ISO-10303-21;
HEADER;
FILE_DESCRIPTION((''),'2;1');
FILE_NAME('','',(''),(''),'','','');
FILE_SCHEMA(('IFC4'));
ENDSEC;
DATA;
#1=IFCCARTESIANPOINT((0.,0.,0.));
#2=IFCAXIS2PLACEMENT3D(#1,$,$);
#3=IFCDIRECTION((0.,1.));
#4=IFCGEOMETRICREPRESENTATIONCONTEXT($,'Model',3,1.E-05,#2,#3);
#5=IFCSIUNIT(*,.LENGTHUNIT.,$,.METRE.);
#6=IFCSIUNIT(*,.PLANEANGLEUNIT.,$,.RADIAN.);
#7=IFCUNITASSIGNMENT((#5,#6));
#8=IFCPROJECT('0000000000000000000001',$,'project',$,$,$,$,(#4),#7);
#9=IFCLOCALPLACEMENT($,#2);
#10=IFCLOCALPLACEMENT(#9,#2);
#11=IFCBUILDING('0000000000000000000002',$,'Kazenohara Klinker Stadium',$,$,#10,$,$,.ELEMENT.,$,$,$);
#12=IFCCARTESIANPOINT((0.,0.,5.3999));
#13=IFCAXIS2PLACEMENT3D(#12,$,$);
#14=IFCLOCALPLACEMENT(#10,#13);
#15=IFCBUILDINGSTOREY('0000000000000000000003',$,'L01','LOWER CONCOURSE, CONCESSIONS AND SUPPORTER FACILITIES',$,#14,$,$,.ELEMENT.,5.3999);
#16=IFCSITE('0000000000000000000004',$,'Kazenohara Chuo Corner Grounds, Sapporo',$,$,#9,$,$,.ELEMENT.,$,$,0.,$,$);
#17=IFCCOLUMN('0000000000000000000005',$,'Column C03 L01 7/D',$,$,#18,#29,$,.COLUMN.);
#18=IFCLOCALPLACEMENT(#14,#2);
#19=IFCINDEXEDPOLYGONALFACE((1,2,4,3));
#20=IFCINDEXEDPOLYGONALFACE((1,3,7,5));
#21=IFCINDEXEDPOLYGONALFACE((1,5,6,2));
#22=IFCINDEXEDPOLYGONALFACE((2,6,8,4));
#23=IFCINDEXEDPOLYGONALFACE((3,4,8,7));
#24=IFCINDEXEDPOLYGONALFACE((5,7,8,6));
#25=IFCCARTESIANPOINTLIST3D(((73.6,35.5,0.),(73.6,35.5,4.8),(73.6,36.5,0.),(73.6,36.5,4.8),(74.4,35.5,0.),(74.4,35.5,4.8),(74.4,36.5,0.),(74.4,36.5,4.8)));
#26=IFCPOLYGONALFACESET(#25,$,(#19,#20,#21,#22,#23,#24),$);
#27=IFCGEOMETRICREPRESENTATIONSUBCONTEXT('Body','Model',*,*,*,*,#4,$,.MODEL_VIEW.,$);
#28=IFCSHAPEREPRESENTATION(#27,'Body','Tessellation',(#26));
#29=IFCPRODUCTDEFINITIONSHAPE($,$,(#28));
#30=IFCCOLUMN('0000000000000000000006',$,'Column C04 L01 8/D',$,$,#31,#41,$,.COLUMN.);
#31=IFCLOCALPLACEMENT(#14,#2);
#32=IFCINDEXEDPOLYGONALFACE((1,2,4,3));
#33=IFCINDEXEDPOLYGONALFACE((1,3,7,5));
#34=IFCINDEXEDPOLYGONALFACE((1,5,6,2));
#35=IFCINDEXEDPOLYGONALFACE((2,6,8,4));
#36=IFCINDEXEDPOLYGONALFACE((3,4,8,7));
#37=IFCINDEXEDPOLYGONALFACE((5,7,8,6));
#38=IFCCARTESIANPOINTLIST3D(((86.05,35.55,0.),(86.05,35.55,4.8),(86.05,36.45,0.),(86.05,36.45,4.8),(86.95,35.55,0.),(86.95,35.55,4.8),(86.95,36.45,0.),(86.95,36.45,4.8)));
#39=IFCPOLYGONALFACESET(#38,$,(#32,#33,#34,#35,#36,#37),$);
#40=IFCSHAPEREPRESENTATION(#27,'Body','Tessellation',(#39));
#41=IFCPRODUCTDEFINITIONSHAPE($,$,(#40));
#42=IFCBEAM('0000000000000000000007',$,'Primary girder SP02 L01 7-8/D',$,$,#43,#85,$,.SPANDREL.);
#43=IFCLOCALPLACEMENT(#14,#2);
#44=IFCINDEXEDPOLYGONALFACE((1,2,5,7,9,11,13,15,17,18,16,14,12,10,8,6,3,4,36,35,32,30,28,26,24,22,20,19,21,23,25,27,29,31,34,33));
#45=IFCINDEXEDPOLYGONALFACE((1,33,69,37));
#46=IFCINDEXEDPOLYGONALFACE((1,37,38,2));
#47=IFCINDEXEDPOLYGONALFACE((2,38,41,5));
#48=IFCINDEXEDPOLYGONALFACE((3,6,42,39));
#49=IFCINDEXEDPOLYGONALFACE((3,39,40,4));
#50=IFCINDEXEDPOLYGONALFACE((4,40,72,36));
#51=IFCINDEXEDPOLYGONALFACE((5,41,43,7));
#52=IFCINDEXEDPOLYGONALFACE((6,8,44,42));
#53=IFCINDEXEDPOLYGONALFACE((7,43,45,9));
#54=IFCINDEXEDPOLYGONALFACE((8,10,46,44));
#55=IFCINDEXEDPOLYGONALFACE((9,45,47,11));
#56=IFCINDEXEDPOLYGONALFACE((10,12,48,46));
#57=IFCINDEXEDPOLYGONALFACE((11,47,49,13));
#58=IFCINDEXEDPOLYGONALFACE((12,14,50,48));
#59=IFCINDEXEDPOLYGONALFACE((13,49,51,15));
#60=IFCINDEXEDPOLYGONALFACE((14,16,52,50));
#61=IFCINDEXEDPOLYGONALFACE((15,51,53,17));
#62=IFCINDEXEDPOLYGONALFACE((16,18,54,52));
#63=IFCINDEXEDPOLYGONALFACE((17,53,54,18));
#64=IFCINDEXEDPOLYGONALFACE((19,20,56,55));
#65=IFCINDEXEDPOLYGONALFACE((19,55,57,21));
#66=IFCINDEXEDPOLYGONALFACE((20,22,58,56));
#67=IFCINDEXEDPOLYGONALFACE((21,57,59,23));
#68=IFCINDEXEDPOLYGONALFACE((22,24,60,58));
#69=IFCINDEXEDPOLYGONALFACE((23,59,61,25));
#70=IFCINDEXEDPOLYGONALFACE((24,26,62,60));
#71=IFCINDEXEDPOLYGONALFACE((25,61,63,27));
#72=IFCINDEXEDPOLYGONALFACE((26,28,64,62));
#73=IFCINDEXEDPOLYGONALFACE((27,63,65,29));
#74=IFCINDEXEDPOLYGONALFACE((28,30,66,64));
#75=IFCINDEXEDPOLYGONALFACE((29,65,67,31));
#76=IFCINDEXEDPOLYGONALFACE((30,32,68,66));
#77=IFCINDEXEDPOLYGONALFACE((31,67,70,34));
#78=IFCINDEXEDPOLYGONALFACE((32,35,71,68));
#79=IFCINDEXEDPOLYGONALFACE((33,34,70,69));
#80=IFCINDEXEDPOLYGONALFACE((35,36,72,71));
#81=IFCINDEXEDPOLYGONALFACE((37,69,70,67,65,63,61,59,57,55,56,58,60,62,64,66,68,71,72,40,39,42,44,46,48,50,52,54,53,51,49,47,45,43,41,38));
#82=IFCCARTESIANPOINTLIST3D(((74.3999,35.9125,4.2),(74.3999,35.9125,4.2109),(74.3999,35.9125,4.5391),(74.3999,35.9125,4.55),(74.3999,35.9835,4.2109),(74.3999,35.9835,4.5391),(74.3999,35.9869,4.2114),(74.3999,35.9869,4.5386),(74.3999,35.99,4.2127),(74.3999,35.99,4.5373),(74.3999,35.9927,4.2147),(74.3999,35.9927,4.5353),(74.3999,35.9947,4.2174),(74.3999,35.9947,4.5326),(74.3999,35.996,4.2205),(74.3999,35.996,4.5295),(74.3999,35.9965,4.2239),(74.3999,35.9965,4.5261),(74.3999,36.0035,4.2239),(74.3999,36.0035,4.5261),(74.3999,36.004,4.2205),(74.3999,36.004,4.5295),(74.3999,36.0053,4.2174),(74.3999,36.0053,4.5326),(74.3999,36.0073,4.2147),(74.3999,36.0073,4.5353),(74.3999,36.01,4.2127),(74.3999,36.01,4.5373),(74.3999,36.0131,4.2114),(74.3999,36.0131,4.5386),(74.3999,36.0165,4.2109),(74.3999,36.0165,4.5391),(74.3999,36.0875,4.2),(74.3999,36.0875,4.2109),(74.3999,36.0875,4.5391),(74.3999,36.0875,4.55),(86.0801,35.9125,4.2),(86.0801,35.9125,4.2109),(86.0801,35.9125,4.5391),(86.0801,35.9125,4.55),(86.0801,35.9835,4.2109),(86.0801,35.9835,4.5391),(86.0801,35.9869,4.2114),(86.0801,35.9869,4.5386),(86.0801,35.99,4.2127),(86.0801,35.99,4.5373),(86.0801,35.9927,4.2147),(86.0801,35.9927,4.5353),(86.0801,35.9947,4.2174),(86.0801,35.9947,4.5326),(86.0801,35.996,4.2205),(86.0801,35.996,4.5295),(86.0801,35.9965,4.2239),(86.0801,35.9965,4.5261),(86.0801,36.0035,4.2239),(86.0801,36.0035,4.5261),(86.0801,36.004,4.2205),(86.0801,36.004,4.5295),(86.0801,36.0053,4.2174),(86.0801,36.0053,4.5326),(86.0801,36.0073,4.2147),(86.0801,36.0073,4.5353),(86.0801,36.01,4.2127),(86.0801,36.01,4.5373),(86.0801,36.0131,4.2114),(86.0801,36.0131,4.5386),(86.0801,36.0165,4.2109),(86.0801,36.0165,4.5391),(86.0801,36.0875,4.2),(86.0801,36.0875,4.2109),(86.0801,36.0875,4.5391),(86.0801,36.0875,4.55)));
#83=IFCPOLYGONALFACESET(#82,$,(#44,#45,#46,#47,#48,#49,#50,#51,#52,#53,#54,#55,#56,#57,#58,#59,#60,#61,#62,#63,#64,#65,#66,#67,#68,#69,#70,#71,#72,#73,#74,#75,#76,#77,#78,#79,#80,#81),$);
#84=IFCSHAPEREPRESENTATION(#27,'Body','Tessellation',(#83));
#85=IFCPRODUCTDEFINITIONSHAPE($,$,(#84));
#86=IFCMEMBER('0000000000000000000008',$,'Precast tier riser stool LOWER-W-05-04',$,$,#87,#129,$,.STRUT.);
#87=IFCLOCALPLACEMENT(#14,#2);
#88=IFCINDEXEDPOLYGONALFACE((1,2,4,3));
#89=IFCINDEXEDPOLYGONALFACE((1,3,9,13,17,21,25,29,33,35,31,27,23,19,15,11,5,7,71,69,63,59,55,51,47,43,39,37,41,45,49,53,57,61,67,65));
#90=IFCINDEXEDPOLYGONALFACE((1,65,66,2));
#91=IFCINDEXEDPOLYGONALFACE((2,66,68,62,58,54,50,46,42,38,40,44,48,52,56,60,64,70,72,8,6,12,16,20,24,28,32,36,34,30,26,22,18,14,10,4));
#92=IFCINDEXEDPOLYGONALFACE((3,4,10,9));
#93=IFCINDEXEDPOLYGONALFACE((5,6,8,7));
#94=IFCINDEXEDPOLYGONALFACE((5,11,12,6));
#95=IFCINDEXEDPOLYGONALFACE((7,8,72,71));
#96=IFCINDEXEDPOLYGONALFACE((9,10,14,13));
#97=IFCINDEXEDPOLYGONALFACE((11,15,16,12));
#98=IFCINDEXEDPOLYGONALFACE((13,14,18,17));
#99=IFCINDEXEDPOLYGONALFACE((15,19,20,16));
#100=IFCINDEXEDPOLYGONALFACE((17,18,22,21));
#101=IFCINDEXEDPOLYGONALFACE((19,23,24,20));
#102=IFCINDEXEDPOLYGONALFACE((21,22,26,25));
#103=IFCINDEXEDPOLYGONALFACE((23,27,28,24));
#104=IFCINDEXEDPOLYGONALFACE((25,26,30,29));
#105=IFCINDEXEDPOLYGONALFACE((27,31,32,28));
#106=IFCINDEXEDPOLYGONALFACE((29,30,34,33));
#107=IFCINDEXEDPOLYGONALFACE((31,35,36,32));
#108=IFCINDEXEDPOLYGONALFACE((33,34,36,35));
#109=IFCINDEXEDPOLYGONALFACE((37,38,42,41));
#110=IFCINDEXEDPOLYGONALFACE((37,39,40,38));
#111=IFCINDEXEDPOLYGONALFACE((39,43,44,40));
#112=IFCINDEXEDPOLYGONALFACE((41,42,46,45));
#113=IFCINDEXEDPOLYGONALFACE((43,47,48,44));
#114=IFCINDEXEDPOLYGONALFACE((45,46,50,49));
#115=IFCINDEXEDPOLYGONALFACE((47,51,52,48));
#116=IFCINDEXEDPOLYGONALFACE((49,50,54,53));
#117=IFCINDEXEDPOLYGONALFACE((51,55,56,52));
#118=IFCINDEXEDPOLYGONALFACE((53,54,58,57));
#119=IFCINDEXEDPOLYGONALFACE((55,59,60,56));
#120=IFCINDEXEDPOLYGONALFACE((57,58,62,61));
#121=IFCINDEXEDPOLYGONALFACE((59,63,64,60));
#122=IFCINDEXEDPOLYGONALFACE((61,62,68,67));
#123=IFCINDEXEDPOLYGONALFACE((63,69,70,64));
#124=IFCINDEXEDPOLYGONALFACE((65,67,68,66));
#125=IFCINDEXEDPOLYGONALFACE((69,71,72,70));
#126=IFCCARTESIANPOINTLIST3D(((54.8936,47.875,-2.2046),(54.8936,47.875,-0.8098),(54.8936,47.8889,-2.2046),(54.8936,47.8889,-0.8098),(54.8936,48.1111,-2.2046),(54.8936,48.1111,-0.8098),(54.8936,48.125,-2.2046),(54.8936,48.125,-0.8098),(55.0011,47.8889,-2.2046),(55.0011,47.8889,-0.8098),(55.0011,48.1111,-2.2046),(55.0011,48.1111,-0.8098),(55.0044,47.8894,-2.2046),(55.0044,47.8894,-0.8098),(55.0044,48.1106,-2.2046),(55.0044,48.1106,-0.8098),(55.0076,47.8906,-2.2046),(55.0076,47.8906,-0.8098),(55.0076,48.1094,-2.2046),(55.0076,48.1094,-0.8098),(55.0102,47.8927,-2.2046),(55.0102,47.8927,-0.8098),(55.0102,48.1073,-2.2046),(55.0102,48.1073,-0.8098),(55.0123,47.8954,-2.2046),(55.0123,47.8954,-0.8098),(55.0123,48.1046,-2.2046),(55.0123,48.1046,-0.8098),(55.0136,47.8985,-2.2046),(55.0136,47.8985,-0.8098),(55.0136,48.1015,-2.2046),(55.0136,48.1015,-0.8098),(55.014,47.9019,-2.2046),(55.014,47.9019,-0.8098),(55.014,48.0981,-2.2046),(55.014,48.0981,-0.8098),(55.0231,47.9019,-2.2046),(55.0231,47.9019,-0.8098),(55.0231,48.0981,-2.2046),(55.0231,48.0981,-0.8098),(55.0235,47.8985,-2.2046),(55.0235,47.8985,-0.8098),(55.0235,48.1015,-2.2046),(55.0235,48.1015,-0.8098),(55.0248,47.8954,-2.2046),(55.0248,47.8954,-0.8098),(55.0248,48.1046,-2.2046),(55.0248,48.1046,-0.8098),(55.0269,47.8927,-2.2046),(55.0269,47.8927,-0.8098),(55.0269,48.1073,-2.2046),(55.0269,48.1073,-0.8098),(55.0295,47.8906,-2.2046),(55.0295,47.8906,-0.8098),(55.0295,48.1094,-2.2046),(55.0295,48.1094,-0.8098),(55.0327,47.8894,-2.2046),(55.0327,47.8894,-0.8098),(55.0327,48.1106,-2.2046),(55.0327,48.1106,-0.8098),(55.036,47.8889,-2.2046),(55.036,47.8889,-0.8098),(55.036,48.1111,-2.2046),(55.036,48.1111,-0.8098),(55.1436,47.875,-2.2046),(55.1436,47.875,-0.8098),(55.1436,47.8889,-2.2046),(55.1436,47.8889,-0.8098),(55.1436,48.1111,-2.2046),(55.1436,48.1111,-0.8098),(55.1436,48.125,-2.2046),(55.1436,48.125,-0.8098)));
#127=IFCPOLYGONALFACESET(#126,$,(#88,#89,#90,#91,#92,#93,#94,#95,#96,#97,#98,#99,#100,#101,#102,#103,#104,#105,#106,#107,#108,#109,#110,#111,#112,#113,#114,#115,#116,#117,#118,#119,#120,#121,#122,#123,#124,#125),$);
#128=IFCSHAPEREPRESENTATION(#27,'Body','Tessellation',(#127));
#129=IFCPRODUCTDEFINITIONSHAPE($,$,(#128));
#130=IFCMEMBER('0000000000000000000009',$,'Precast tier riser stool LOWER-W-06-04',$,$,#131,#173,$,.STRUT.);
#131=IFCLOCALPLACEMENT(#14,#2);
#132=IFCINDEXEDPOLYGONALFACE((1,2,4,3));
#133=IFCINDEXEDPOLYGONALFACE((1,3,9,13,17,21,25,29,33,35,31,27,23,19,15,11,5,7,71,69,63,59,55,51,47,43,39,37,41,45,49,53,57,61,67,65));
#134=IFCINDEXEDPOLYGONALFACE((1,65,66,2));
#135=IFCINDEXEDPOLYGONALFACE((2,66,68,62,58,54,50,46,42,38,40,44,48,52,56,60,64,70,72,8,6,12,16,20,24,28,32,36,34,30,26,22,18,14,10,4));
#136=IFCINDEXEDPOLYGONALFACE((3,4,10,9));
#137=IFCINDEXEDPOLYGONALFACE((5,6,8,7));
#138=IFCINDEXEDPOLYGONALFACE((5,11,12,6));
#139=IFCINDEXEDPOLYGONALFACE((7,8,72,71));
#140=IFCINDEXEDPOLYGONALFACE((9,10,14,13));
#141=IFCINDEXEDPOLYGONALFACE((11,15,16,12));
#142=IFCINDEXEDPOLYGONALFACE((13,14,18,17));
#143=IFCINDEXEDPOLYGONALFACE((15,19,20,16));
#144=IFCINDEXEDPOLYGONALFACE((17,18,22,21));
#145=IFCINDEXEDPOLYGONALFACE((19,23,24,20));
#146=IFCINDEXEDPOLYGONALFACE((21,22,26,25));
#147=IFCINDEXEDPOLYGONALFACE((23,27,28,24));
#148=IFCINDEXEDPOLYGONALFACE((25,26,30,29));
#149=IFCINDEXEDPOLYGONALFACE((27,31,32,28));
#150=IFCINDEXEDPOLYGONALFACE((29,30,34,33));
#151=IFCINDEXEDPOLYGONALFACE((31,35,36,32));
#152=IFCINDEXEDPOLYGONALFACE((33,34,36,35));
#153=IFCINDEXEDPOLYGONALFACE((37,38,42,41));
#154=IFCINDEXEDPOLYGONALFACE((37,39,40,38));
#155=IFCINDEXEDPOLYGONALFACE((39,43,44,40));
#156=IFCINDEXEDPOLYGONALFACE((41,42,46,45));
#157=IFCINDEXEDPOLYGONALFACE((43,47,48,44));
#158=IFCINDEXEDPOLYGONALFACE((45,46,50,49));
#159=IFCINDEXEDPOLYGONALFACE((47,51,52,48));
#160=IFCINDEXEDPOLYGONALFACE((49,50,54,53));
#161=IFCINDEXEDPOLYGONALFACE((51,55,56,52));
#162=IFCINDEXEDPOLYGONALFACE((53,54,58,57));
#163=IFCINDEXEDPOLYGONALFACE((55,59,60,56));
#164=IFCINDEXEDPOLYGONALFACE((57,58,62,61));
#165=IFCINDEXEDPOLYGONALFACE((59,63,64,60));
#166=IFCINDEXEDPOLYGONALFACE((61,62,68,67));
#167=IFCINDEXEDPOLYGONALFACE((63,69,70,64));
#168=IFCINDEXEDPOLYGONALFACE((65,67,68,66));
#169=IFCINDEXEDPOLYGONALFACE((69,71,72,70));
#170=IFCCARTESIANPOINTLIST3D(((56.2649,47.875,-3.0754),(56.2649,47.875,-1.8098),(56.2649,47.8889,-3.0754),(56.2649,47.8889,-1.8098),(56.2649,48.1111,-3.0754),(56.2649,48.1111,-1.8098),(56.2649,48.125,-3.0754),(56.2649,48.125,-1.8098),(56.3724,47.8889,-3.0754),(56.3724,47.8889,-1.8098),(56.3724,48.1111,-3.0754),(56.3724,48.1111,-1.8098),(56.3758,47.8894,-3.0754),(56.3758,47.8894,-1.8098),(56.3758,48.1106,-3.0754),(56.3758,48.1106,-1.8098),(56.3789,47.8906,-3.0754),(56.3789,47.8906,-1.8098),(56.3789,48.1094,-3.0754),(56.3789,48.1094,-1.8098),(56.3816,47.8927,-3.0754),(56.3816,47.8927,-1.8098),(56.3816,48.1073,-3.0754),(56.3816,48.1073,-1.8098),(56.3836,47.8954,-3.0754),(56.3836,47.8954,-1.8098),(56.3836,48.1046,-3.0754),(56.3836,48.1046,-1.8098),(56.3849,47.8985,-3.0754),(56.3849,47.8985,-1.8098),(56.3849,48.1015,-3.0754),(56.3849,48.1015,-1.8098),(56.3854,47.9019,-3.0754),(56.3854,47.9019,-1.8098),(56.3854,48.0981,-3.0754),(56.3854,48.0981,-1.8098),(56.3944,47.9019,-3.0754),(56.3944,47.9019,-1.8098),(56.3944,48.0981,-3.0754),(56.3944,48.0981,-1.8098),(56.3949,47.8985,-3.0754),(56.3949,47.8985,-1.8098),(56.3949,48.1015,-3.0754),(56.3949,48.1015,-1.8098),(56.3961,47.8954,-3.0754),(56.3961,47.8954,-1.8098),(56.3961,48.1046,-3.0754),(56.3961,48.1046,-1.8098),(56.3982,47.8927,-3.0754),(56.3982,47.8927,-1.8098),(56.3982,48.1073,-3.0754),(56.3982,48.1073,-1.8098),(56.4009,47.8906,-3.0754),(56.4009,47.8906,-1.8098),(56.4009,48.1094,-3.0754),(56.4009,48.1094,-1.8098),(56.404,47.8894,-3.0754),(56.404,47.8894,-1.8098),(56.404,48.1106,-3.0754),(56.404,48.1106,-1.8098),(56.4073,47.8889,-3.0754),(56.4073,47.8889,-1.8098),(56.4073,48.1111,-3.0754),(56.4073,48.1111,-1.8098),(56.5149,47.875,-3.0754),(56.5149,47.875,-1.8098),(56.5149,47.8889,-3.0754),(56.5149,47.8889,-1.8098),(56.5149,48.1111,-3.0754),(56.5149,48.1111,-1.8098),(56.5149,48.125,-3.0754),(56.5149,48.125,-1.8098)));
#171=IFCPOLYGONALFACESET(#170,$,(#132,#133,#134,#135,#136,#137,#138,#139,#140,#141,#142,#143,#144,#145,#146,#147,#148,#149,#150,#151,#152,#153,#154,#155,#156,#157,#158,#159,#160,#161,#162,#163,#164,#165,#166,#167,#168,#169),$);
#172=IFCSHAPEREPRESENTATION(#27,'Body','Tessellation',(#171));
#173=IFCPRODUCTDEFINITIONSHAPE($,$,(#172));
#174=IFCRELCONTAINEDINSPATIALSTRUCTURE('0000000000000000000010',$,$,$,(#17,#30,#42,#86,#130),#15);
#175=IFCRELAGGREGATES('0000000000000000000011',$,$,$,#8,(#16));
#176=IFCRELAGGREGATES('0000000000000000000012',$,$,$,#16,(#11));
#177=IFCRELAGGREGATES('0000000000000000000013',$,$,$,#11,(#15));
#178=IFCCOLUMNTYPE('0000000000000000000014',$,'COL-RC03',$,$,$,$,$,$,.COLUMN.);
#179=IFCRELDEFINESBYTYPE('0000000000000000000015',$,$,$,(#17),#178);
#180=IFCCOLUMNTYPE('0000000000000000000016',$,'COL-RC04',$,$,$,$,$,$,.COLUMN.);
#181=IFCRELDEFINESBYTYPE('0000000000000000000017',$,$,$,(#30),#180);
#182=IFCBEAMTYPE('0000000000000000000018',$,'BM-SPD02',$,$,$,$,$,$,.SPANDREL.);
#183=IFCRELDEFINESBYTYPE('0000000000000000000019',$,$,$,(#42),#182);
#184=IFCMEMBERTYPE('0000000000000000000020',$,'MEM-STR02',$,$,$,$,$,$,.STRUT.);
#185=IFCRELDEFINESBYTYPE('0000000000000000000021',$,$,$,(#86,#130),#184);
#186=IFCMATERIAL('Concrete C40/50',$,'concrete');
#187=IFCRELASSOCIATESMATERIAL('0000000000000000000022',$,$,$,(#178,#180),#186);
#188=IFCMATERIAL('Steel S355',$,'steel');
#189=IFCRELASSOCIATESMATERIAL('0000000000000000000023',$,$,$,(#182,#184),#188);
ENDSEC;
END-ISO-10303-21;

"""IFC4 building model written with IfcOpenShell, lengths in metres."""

from ifc_helpers import new_model, si_unit, direction, frame, origin, origin_2d, place, context, subcontext, project, spatial, rectangle, i_section, extrude, material, material_profile, profile_set, type_object, element, save


model = new_model("IFC4")

# Units and contexts
model_context = context("Model", 3, precision=1e-05, world=origin(), true_north=direction((0.0, 1.0)))
body_context = subcontext(model_context, "Body", "Model", "MODEL_VIEW")
ifc_project = project(units=[si_unit("LENGTHUNIT", "METRE"), si_unit("PLANEANGLEUNIT", "RADIAN")], contexts=[model_context])

# Site, building, storey
site_placement = place(None, origin())
site = spatial("IfcSite", under=ifc_project, at=site_placement, Name="Kazenohara Chuo Corner Grounds, Sapporo", CompositionType="ELEMENT", RefElevation=0.0)
building_placement = place(site_placement, origin())
building = spatial("IfcBuilding", under=site, at=building_placement, Name="Kazenohara Klinker Stadium", CompositionType="ELEMENT")
storey_placement = place(building_placement, frame((0.0, 0.0, 5.3999)))
storey = spatial("IfcBuildingStorey", under=building, at=storey_placement, Name="L01", Description="LOWER CONCOURSE, CONCESSIONS AND SUPPORTER FACILITIES", CompositionType="ELEMENT", Elevation=5.3999)

# Columns
ifc_material_1 = material(Name="Concrete C40/50", Category="concrete")
ifc_material_profile_1 = material_profile(ifc_material_1, rectangle(XDim=0.8, YDim=1.0, at=origin_2d()), Name="RC-COL-1000x800")
ifc_profile_set_1 = profile_set([ifc_material_profile_1], Name="Concrete C40/50")
column_type_1 = type_object("IfcColumnType", Name="COL-RC03", PredefinedType="COLUMN", material=ifc_profile_set_1)
column_1_placement = place(storey_placement, frame((74.0, 36.0, 0.0), z_axis=(0.0, 0.0, 1.0), x_axis=(1.0, 0.0, 0.0)))
element("IfcColumn", 1, at=column_1_placement, inside=storey, type_object=column_type_1, Name="Column C03 L01 7/D", PredefinedType="COLUMN", context=body_context, shape_type="SweptSolid", body=[
    extrude(rectangle(XDim=0.8, YDim=1.0, at=origin_2d()), origin(), (0.0, 0.0, 1.0), 4.8),
])
ifc_material_profile_2 = material_profile(ifc_material_1, rectangle(XDim=0.8999, YDim=0.8999, at=origin_2d()), Name="RC-COL-900x900")
ifc_profile_set_2 = profile_set([ifc_material_profile_2], Name="Concrete C40/50")
column_type_2 = type_object("IfcColumnType", Name="COL-RC04", PredefinedType="COLUMN", material=ifc_profile_set_2)
column_2_placement = place(storey_placement, frame((86.5, 36.0, 0.0), z_axis=(0.0, 0.0, 1.0), x_axis=(1.0, 0.0, 0.0)))
element("IfcColumn", 2, at=column_2_placement, inside=storey, type_object=column_type_2, Name="Column C04 L01 8/D", PredefinedType="COLUMN", context=body_context, shape_type="SweptSolid", body=[
    extrude(rectangle(XDim=0.8999, YDim=0.8999, at=origin_2d()), origin(), (0.0, 0.0, 1.0), 4.8),
])

# Beam
ifc_material_2 = material(Name="Steel S355", Category="steel")
ifc_material_profile_3 = material_profile(ifc_material_2, i_section(OverallWidth=0.175, OverallDepth=0.3501, WebThickness=0.0071, FlangeThickness=0.011, FilletRadius=0.0129, at=origin_2d()), Name="H-350x175x7x11")
ifc_profile_set_3 = profile_set([ifc_material_profile_3], Name="Steel S355")
beam_type_1 = type_object("IfcBeamType", Name="BM-SPD02", PredefinedType="SPANDREL", material=ifc_profile_set_3)
beam_placement = place(storey_placement, frame((74.3999, 36.0, 4.375), z_axis=(1.0, 0.0, 0.0), x_axis=(0.0, 1.0, 0.0)))
element("IfcBeam", 3, at=beam_placement, inside=storey, type_object=beam_type_1, Name="Primary girder SP02 L01 7-8/D", PredefinedType="SPANDREL", context=body_context, shape_type="SweptSolid", body=[
    extrude(i_section(OverallWidth=0.175, OverallDepth=0.3501, WebThickness=0.0071, FlangeThickness=0.011, FilletRadius=0.0129, at=origin_2d()), origin(), (0.0, 0.0, 1.0), 11.6802),
])

# Members
ifc_material_profile_4 = material_profile(ifc_material_2, i_section(OverallWidth=0.25, OverallDepth=0.25, WebThickness=0.009, FlangeThickness=0.0139, FilletRadius=0.0129, at=origin_2d()), Name="H-250x250x9x14")
ifc_profile_set_4 = profile_set([ifc_material_profile_4], Name="Steel S355")
member_type = type_object("IfcMemberType", Name="MEM-STR02", PredefinedType="STRUT", material=ifc_profile_set_4)
member_1_placement = place(storey_placement, frame((55.0186, 48.0, -2.2046), z_axis=(0.0, 0.0, 1.0), x_axis=(1.0, 0.0, 0.0)))
element("IfcMember", 4, at=member_1_placement, inside=storey, type_object=member_type, Name="Precast tier riser stool LOWER-W-05-04", PredefinedType="STRUT", context=body_context, shape_type="SweptSolid", body=[
    extrude(i_section(OverallWidth=0.25, OverallDepth=0.25, WebThickness=0.009, FlangeThickness=0.0139, FilletRadius=0.0129, at=origin_2d()), origin(), (0.0, 0.0, 1.0), 1.3948),
])
member_2_placement = place(storey_placement, frame((56.3899, 48.0, -3.0754), z_axis=(0.0, 0.0, 1.0), x_axis=(1.0, 0.0, 0.0)))
element("IfcMember", 5, at=member_2_placement, inside=storey, type_object=member_type, Name="Precast tier riser stool LOWER-W-06-04", PredefinedType="STRUT", context=body_context, shape_type="SweptSolid", body=[
    extrude(i_section(OverallWidth=0.25, OverallDepth=0.25, WebThickness=0.009, FlangeThickness=0.0139, FilletRadius=0.0129, at=origin_2d()), origin(), (0.0, 0.0, 1.0), 1.2656),
])

save(model, "model.ifc")
